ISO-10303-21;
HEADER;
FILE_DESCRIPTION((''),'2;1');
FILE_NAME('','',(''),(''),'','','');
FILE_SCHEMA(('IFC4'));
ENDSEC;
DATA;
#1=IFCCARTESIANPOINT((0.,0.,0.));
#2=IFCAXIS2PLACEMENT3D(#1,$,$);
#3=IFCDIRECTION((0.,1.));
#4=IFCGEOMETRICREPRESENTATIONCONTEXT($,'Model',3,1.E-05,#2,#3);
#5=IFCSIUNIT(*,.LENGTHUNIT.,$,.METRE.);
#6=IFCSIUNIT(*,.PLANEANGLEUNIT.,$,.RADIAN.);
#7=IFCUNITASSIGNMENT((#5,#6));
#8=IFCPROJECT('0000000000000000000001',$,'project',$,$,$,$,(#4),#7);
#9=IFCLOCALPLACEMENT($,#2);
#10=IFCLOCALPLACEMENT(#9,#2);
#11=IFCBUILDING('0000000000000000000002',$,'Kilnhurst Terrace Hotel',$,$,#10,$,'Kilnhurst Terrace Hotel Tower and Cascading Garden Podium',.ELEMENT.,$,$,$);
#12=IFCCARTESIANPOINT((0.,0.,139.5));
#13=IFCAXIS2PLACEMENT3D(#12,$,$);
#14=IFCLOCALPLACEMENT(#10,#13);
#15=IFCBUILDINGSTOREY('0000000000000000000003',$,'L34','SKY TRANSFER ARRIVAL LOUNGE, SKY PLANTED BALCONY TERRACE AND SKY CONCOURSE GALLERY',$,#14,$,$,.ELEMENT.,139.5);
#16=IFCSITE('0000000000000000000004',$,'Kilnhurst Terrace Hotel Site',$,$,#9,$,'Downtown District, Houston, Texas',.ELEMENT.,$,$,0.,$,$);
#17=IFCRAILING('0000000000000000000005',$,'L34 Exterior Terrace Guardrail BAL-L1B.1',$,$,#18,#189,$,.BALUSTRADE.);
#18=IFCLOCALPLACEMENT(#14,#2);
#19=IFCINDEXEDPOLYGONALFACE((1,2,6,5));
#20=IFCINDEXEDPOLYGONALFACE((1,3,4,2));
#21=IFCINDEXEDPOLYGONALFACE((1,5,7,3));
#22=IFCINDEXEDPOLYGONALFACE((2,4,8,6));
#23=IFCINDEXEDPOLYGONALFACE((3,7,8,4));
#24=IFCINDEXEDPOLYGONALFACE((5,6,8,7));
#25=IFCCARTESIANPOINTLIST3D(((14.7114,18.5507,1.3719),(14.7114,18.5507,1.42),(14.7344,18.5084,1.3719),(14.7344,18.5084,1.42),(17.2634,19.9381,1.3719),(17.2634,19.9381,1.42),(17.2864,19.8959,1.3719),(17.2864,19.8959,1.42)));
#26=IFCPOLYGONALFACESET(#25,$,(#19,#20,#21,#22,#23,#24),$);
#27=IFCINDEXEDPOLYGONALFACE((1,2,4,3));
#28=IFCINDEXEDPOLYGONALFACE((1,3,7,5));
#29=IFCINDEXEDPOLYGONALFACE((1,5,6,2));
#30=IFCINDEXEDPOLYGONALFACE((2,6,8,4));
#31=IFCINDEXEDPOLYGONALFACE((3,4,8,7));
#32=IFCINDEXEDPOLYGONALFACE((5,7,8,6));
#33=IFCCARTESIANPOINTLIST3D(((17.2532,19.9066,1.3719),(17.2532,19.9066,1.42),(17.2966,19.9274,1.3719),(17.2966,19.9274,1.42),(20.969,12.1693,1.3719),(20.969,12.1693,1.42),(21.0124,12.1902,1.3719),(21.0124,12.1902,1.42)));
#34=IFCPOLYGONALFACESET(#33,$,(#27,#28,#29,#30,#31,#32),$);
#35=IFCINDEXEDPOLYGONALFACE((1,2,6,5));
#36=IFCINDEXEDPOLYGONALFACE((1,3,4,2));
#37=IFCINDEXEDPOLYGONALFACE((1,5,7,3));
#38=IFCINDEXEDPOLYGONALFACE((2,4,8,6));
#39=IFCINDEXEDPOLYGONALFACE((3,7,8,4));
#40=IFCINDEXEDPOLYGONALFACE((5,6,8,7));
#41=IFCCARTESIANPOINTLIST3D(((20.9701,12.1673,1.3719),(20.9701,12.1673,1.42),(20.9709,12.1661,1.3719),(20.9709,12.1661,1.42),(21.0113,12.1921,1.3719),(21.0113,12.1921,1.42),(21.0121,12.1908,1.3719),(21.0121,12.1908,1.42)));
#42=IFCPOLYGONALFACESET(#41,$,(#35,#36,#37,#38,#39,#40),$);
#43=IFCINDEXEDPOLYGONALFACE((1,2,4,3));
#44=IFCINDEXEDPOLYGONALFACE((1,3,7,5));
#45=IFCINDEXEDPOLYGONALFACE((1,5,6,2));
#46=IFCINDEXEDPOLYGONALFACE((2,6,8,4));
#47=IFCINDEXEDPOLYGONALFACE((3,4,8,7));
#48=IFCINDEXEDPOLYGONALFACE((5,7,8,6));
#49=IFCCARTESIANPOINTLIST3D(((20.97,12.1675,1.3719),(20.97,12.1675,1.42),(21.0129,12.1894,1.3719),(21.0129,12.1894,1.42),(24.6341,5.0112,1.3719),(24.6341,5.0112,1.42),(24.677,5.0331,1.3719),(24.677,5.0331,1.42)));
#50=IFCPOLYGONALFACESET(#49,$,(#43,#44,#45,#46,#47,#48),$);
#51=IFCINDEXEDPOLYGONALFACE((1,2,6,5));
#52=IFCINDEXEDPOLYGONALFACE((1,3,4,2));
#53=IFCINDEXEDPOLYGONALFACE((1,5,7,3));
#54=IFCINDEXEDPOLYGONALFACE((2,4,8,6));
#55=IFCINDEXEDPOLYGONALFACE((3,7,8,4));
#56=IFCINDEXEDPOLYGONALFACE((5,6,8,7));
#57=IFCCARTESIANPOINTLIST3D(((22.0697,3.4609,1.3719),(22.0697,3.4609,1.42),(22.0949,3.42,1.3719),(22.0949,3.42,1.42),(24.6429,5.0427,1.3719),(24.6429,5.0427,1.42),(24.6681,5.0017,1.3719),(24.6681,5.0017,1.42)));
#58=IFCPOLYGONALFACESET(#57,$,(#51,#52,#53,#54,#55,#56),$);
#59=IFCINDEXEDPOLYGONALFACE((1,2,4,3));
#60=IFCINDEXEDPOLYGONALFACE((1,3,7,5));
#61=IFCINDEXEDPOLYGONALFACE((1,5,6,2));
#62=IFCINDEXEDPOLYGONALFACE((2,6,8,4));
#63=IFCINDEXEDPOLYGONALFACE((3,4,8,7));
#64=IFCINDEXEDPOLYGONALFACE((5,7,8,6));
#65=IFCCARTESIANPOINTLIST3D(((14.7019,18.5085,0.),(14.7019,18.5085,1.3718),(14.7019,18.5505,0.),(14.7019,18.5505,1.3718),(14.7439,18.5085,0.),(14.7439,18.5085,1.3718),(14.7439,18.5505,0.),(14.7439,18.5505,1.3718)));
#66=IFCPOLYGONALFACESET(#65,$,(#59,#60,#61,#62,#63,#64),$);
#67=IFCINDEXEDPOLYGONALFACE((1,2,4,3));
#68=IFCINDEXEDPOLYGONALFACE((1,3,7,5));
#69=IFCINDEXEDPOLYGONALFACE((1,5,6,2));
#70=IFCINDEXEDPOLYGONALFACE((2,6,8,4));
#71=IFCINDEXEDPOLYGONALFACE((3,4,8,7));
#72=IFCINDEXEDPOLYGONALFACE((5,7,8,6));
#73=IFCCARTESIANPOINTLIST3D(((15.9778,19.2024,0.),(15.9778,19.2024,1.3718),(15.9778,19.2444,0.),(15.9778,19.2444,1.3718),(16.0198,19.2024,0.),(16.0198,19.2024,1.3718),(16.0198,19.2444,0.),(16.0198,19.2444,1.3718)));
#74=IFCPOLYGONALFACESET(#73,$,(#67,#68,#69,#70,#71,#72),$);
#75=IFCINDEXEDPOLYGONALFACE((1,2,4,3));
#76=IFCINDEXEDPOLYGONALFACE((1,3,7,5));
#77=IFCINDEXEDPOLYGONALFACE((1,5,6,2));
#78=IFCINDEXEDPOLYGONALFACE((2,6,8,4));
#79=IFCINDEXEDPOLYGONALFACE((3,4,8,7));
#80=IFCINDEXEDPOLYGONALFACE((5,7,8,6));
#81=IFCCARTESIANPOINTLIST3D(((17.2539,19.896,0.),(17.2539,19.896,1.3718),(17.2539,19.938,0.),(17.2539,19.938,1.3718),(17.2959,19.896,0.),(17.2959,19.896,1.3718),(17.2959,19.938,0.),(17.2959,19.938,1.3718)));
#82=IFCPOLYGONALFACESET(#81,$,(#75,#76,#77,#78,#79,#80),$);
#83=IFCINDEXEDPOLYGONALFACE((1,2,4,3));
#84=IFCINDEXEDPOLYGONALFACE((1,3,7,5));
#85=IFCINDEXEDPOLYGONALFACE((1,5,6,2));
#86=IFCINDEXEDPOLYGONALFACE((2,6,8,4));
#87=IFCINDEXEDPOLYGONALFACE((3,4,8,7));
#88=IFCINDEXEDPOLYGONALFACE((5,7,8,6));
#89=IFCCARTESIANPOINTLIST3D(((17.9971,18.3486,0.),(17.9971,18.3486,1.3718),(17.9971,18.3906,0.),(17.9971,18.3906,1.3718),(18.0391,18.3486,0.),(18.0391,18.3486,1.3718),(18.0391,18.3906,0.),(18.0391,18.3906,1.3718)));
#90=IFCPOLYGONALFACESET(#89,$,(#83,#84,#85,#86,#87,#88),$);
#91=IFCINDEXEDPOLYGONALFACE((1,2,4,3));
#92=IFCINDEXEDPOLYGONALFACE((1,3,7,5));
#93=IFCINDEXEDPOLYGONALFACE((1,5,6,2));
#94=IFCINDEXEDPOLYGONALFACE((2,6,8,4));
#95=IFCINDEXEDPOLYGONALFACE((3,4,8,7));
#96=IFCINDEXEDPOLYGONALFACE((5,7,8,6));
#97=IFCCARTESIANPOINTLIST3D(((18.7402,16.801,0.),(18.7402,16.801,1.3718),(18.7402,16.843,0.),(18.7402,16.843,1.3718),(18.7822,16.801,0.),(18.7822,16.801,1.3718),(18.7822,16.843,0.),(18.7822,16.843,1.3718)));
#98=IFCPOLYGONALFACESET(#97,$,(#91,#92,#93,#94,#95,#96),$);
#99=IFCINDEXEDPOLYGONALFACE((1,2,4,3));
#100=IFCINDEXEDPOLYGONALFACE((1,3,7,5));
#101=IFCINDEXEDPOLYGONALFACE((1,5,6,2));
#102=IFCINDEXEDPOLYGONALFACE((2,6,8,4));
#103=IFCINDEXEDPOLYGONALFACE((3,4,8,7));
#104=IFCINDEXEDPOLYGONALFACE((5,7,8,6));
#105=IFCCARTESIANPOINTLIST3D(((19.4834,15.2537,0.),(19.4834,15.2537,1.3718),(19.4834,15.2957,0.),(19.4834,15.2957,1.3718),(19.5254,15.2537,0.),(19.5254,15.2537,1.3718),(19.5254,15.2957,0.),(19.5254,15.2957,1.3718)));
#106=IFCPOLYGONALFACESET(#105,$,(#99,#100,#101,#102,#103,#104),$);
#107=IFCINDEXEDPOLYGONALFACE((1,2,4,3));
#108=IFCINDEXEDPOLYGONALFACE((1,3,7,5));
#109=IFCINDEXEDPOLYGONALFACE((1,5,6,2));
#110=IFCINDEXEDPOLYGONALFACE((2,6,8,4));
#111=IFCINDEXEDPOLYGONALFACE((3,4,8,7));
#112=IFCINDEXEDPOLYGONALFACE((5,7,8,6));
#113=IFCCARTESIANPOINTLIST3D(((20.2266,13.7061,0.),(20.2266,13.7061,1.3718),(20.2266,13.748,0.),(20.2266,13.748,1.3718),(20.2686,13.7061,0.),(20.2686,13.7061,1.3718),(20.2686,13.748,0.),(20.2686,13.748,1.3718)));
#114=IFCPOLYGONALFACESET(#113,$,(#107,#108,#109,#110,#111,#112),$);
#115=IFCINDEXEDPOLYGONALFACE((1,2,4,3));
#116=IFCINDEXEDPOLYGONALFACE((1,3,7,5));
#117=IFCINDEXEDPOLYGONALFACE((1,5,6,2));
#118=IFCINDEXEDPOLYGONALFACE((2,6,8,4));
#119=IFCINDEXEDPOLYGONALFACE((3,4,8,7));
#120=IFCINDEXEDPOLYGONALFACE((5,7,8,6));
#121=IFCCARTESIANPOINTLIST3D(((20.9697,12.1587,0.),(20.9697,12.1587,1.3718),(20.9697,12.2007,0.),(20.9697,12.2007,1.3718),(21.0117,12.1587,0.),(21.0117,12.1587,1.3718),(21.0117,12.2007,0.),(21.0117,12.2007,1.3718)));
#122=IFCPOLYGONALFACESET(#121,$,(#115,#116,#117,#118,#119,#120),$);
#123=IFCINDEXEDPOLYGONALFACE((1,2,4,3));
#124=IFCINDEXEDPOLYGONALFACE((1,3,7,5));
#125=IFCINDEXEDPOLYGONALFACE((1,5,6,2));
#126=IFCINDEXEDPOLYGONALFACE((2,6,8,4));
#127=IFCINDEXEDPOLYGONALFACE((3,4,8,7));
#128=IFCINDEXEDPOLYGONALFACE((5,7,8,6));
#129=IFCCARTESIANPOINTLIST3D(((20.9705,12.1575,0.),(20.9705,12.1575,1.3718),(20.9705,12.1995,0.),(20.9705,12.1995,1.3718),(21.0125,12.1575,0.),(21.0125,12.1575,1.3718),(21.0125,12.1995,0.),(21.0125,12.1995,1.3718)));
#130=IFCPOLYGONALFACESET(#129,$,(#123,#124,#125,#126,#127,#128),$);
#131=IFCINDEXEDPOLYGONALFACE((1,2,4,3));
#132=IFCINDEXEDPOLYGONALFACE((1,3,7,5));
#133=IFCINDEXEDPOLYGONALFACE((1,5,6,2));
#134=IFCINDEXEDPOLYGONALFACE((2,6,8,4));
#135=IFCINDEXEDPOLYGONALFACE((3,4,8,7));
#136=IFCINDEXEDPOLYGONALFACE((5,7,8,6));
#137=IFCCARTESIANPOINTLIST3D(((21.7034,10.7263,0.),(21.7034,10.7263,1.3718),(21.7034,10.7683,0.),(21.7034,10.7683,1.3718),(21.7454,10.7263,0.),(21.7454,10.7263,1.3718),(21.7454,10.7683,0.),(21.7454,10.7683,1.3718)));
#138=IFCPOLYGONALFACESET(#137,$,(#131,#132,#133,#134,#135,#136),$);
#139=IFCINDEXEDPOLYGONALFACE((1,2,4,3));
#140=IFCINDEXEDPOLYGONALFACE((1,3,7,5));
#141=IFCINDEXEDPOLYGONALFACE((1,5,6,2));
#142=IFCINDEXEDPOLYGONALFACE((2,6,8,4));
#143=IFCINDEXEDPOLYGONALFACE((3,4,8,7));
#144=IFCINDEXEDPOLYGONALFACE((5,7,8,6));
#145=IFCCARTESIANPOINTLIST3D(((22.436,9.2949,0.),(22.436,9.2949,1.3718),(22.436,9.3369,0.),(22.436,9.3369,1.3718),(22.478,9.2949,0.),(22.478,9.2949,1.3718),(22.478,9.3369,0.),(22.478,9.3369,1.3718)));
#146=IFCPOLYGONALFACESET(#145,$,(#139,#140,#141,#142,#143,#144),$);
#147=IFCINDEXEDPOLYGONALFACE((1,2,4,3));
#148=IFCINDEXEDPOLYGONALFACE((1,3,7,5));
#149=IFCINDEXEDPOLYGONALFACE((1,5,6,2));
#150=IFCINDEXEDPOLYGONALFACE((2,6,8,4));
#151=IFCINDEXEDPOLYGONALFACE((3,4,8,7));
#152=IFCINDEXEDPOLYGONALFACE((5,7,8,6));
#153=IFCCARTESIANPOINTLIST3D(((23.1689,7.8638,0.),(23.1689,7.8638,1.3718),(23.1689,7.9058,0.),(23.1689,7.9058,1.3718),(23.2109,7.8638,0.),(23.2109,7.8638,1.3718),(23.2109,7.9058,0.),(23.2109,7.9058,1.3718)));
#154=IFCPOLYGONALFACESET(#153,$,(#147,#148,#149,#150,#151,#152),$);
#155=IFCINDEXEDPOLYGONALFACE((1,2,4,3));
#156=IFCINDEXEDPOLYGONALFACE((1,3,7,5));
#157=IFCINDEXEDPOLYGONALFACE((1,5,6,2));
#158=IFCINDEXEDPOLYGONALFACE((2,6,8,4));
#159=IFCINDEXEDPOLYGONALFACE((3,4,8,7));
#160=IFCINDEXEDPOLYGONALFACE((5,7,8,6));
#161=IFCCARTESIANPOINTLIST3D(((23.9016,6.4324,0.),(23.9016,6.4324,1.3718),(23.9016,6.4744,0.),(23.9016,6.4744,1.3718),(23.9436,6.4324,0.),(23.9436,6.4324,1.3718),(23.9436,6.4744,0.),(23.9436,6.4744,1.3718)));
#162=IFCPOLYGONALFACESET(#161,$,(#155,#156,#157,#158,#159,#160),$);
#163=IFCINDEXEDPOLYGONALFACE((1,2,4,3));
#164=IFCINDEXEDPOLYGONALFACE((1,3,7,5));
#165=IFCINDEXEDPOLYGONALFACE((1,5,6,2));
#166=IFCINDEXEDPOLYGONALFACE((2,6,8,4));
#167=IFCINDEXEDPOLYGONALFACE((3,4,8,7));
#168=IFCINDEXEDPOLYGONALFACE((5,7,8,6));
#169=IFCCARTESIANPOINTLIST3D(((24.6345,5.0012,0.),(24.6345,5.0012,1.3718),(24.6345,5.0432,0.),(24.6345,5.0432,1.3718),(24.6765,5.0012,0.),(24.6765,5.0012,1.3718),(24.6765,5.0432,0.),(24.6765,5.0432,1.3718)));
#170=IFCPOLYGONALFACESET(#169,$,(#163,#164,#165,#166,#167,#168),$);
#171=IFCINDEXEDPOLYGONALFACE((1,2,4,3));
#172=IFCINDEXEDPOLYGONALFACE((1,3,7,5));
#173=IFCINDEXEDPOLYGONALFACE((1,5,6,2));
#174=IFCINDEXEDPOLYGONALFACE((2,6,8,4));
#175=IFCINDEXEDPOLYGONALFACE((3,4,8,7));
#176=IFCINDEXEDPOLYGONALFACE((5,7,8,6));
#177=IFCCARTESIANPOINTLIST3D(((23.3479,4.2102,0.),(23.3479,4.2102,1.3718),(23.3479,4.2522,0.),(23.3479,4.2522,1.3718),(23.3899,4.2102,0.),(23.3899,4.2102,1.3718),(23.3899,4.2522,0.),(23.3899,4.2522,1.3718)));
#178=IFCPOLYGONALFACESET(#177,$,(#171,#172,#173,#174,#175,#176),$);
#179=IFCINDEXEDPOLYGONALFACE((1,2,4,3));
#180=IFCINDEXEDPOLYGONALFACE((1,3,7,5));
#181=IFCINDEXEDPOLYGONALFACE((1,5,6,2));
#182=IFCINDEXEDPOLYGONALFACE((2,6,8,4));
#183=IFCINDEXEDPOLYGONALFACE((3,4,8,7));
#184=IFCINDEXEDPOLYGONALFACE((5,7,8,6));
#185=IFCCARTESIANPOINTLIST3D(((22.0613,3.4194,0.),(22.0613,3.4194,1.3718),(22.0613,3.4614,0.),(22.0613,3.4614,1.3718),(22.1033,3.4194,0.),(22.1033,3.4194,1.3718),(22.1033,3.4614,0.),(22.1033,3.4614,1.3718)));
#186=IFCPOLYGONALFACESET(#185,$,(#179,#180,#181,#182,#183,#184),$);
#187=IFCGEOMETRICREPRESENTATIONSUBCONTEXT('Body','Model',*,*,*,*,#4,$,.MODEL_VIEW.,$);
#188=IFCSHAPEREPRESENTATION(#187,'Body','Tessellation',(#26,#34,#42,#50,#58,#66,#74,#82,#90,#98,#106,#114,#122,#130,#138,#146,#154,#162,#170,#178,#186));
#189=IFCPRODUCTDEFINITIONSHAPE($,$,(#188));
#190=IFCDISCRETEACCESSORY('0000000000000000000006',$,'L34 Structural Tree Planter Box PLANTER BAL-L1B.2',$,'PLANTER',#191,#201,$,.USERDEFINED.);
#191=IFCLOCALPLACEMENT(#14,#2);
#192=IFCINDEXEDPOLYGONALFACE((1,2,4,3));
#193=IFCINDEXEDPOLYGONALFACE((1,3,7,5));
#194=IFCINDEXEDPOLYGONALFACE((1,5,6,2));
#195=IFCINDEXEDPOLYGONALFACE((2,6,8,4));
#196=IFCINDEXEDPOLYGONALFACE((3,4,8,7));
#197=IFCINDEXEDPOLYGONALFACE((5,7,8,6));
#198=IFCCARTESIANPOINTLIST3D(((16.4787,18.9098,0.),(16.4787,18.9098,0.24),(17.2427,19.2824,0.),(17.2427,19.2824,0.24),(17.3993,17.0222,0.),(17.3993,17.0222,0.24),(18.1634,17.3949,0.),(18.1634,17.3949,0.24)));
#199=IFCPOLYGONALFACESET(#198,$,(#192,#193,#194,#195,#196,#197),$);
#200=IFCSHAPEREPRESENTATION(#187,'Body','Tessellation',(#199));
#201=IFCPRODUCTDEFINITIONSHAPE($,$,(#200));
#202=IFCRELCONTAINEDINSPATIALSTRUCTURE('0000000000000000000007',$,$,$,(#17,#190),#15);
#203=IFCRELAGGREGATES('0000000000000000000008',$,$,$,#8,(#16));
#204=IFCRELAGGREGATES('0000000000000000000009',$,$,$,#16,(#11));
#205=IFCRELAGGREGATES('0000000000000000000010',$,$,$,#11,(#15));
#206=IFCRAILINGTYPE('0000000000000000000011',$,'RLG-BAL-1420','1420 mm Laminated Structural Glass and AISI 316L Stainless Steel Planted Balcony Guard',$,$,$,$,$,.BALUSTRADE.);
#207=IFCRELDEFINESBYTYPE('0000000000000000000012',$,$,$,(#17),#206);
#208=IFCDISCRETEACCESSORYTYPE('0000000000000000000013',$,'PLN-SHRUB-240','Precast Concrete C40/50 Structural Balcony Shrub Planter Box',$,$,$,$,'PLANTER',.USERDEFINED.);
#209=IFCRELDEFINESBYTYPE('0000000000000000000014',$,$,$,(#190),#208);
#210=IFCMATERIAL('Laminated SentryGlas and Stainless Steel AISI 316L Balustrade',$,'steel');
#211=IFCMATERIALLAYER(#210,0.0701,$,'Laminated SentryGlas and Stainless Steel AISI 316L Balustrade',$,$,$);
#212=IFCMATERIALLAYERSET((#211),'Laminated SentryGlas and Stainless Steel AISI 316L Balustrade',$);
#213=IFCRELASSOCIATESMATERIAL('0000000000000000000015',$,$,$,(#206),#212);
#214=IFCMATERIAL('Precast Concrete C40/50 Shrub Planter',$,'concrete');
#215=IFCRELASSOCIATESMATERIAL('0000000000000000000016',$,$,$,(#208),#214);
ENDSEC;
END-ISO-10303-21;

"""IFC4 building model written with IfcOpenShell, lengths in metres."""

from ifc_helpers import new_model, si_unit, direction, frame, origin, origin_2d, place, context, subcontext, project, spatial, rectangle, extrude, material, layer, layer_set, type_object, element, save


model = new_model("IFC4")

# Units and contexts
model_context = context("Model", 3, precision=1e-05, world=origin(), true_north=direction((0.0, 1.0)))
body_context = subcontext(model_context, "Body", "Model", "MODEL_VIEW")
ifc_project = project(units=[si_unit("LENGTHUNIT", "METRE"), si_unit("PLANEANGLEUNIT", "RADIAN")], contexts=[model_context])

# Site, building, storey
site_placement = place(None, origin())
site = spatial("IfcSite", under=ifc_project, at=site_placement, Name="Kilnhurst Terrace Hotel Site", LongName="Downtown District, Houston, Texas", CompositionType="ELEMENT", RefElevation=0.0)
building_placement = place(site_placement, origin())
building = spatial("IfcBuilding", under=site, at=building_placement, Name="Kilnhurst Terrace Hotel", LongName="Kilnhurst Terrace Hotel Tower and Cascading Garden Podium", CompositionType="ELEMENT")
storey_placement = place(building_placement, frame((0.0, 0.0, 139.5)))
storey = spatial("IfcBuildingStorey", under=building, at=storey_placement, Name="L34", Description="SKY TRANSFER ARRIVAL LOUNGE, SKY PLANTED BALCONY TERRACE AND SKY CONCOURSE GALLERY", CompositionType="ELEMENT", Elevation=139.5)

# Railing
ifc_material_1 = material(Name="Laminated SentryGlas and Stainless Steel AISI 316L Balustrade", Category="steel")
ifc_layer_1 = layer(ifc_material_1, 0.0701, Name="Laminated SentryGlas and Stainless Steel AISI 316L Balustrade")
ifc_layer_set_1 = layer_set([ifc_layer_1], Name="Laminated SentryGlas and Stainless Steel AISI 316L Balustrade")
railing_type = type_object("IfcRailingType", Name="RLG-BAL-1420", Description="1420 mm Laminated Structural Glass and AISI 316L Stainless Steel Planted Balcony Guard", PredefinedType="BALUSTRADE", material=ifc_layer_set_1)
railing_placement = place(storey_placement, frame((14.7229, 18.5295, 0.0)))
element("IfcRailing", 1, at=railing_placement, inside=storey, type_object=railing_type, Name="L34 Exterior Terrace Guardrail BAL-L1B.1", PredefinedType="BALUSTRADE", context=body_context, shape_type="SweptSolid", body=[
    extrude(rectangle(XDim=0.0481, YDim=0.0481, at=origin_2d()), frame((0.0, 0.0, 1.396), z_axis=(0.878553, 0.477644, 0.0), x_axis=(-0.477644, 0.878553, 0.0)), (0.0, 0.0, 1.0), 2.9048),
    extrude(rectangle(XDim=0.0481, YDim=0.0481, at=origin_2d()), frame((2.552, 1.3875, 1.396), z_axis=(0.432912, -0.901436, 0.0), x_axis=(0.901436, 0.432912, 0.0)), (0.0, 0.0, 1.0), 8.5833),
    extrude(rectangle(XDim=0.0481, YDim=0.0481, at=origin_2d()), frame((6.2678, -6.3499, 1.396), z_axis=(0.514496, -0.857493, 0.0), x_axis=(0.857493, 0.514496, 0.0)), (0.0, 0.0, 1.0), 0.0015),
    extrude(rectangle(XDim=0.0481, YDim=0.0481, at=origin_2d()), frame((6.2686, -6.3511, 1.396), z_axis=(0.455744, -0.890111, 0.0), x_axis=(0.890111, 0.455744, 0.0)), (0.0, 0.0, 1.0), 8.0398),
    extrude(rectangle(XDim=0.0481, YDim=0.0481, at=origin_2d()), frame((9.9326, -13.5073, 1.396), z_axis=(-0.851916, -0.523678, 0.0), x_axis=(0.523678, -0.851916, 0.0)), (0.0, 0.0, 1.0), 3.0205),
    extrude(rectangle(XDim=0.042, YDim=0.042, at=origin_2d()), origin(), (0.0, 0.0, 1.0), 1.3718),
    extrude(rectangle(XDim=0.042, YDim=0.042, at=origin_2d()), frame((1.2759, 0.6938, 0.0)), (0.0, 0.0, 1.0), 1.3718),
    extrude(rectangle(XDim=0.042, YDim=0.042, at=origin_2d()), frame((2.552, 1.3875, 0.0)), (0.0, 0.0, 1.0), 1.3718),
    extrude(rectangle(XDim=0.042, YDim=0.042, at=origin_2d()), frame((3.2952, -0.1599, 0.0)), (0.0, 0.0, 1.0), 1.3718),
    extrude(rectangle(XDim=0.042, YDim=0.042, at=origin_2d()), frame((4.0383, -1.7075, 0.0)), (0.0, 0.0, 1.0), 1.3718),
    extrude(rectangle(XDim=0.042, YDim=0.042, at=origin_2d()), frame((4.7815, -3.2549, 0.0)), (0.0, 0.0, 1.0), 1.3718),
    extrude(rectangle(XDim=0.042, YDim=0.042, at=origin_2d()), frame((5.5247, -4.8025, 0.0)), (0.0, 0.0, 1.0), 1.3718),
    extrude(rectangle(XDim=0.042, YDim=0.042, at=origin_2d()), frame((6.2678, -6.3499, 0.0)), (0.0, 0.0, 1.0), 1.3718),
    extrude(rectangle(XDim=0.042, YDim=0.042, at=origin_2d()), frame((6.2686, -6.3511, 0.0)), (0.0, 0.0, 1.0), 1.3718),
    extrude(rectangle(XDim=0.042, YDim=0.042, at=origin_2d()), frame((7.0015, -7.7822, 0.0)), (0.0, 0.0, 1.0), 1.3718),
    extrude(rectangle(XDim=0.042, YDim=0.042, at=origin_2d()), frame((7.7341, -9.2136, 0.0)), (0.0, 0.0, 1.0), 1.3718),
    extrude(rectangle(XDim=0.042, YDim=0.042, at=origin_2d()), frame((8.467, -10.6448, 0.0)), (0.0, 0.0, 1.0), 1.3718),
    extrude(rectangle(XDim=0.042, YDim=0.042, at=origin_2d()), frame((9.1997, -12.0762, 0.0)), (0.0, 0.0, 1.0), 1.3718),
    extrude(rectangle(XDim=0.042, YDim=0.042, at=origin_2d()), frame((9.9326, -13.5073, 0.0)), (0.0, 0.0, 1.0), 1.3718),
    extrude(rectangle(XDim=0.042, YDim=0.042, at=origin_2d()), frame((8.646, -14.2983, 0.0)), (0.0, 0.0, 1.0), 1.3718),
    extrude(rectangle(XDim=0.042, YDim=0.042, at=origin_2d()), frame((7.3594, -15.0891, 0.0)), (0.0, 0.0, 1.0), 1.3718),
])

# Discrete accessory
ifc_material_2 = material(Name="Precast Concrete C40/50 Shrub Planter", Category="concrete")
discrete_accessory_type = type_object("IfcDiscreteAccessoryType", Name="PLN-SHRUB-240", Description="Precast Concrete C40/50 Structural Balcony Shrub Planter Box", ElementType="PLANTER", PredefinedType="USERDEFINED", material=ifc_material_2)
discrete_accessory_placement = place(storey_placement, frame((17.321, 18.1523, 0.0), z_axis=(0.0, 0.0, 1.0), x_axis=(-0.438387, 0.898786, 0.0)))
element("IfcDiscreteAccessory", 2, at=discrete_accessory_placement, inside=storey, type_object=discrete_accessory_type, Name="L34 Structural Tree Planter Box PLANTER BAL-L1B.2", ObjectType="PLANTER", PredefinedType="USERDEFINED", context=body_context, shape_type="SweptSolid", body=[
    extrude(rectangle(XDim=2.1001, YDim=0.8501, at=origin_2d()), origin(), (0.0, 0.0, 1.0), 0.24),
])

save(model, "model.ifc")
